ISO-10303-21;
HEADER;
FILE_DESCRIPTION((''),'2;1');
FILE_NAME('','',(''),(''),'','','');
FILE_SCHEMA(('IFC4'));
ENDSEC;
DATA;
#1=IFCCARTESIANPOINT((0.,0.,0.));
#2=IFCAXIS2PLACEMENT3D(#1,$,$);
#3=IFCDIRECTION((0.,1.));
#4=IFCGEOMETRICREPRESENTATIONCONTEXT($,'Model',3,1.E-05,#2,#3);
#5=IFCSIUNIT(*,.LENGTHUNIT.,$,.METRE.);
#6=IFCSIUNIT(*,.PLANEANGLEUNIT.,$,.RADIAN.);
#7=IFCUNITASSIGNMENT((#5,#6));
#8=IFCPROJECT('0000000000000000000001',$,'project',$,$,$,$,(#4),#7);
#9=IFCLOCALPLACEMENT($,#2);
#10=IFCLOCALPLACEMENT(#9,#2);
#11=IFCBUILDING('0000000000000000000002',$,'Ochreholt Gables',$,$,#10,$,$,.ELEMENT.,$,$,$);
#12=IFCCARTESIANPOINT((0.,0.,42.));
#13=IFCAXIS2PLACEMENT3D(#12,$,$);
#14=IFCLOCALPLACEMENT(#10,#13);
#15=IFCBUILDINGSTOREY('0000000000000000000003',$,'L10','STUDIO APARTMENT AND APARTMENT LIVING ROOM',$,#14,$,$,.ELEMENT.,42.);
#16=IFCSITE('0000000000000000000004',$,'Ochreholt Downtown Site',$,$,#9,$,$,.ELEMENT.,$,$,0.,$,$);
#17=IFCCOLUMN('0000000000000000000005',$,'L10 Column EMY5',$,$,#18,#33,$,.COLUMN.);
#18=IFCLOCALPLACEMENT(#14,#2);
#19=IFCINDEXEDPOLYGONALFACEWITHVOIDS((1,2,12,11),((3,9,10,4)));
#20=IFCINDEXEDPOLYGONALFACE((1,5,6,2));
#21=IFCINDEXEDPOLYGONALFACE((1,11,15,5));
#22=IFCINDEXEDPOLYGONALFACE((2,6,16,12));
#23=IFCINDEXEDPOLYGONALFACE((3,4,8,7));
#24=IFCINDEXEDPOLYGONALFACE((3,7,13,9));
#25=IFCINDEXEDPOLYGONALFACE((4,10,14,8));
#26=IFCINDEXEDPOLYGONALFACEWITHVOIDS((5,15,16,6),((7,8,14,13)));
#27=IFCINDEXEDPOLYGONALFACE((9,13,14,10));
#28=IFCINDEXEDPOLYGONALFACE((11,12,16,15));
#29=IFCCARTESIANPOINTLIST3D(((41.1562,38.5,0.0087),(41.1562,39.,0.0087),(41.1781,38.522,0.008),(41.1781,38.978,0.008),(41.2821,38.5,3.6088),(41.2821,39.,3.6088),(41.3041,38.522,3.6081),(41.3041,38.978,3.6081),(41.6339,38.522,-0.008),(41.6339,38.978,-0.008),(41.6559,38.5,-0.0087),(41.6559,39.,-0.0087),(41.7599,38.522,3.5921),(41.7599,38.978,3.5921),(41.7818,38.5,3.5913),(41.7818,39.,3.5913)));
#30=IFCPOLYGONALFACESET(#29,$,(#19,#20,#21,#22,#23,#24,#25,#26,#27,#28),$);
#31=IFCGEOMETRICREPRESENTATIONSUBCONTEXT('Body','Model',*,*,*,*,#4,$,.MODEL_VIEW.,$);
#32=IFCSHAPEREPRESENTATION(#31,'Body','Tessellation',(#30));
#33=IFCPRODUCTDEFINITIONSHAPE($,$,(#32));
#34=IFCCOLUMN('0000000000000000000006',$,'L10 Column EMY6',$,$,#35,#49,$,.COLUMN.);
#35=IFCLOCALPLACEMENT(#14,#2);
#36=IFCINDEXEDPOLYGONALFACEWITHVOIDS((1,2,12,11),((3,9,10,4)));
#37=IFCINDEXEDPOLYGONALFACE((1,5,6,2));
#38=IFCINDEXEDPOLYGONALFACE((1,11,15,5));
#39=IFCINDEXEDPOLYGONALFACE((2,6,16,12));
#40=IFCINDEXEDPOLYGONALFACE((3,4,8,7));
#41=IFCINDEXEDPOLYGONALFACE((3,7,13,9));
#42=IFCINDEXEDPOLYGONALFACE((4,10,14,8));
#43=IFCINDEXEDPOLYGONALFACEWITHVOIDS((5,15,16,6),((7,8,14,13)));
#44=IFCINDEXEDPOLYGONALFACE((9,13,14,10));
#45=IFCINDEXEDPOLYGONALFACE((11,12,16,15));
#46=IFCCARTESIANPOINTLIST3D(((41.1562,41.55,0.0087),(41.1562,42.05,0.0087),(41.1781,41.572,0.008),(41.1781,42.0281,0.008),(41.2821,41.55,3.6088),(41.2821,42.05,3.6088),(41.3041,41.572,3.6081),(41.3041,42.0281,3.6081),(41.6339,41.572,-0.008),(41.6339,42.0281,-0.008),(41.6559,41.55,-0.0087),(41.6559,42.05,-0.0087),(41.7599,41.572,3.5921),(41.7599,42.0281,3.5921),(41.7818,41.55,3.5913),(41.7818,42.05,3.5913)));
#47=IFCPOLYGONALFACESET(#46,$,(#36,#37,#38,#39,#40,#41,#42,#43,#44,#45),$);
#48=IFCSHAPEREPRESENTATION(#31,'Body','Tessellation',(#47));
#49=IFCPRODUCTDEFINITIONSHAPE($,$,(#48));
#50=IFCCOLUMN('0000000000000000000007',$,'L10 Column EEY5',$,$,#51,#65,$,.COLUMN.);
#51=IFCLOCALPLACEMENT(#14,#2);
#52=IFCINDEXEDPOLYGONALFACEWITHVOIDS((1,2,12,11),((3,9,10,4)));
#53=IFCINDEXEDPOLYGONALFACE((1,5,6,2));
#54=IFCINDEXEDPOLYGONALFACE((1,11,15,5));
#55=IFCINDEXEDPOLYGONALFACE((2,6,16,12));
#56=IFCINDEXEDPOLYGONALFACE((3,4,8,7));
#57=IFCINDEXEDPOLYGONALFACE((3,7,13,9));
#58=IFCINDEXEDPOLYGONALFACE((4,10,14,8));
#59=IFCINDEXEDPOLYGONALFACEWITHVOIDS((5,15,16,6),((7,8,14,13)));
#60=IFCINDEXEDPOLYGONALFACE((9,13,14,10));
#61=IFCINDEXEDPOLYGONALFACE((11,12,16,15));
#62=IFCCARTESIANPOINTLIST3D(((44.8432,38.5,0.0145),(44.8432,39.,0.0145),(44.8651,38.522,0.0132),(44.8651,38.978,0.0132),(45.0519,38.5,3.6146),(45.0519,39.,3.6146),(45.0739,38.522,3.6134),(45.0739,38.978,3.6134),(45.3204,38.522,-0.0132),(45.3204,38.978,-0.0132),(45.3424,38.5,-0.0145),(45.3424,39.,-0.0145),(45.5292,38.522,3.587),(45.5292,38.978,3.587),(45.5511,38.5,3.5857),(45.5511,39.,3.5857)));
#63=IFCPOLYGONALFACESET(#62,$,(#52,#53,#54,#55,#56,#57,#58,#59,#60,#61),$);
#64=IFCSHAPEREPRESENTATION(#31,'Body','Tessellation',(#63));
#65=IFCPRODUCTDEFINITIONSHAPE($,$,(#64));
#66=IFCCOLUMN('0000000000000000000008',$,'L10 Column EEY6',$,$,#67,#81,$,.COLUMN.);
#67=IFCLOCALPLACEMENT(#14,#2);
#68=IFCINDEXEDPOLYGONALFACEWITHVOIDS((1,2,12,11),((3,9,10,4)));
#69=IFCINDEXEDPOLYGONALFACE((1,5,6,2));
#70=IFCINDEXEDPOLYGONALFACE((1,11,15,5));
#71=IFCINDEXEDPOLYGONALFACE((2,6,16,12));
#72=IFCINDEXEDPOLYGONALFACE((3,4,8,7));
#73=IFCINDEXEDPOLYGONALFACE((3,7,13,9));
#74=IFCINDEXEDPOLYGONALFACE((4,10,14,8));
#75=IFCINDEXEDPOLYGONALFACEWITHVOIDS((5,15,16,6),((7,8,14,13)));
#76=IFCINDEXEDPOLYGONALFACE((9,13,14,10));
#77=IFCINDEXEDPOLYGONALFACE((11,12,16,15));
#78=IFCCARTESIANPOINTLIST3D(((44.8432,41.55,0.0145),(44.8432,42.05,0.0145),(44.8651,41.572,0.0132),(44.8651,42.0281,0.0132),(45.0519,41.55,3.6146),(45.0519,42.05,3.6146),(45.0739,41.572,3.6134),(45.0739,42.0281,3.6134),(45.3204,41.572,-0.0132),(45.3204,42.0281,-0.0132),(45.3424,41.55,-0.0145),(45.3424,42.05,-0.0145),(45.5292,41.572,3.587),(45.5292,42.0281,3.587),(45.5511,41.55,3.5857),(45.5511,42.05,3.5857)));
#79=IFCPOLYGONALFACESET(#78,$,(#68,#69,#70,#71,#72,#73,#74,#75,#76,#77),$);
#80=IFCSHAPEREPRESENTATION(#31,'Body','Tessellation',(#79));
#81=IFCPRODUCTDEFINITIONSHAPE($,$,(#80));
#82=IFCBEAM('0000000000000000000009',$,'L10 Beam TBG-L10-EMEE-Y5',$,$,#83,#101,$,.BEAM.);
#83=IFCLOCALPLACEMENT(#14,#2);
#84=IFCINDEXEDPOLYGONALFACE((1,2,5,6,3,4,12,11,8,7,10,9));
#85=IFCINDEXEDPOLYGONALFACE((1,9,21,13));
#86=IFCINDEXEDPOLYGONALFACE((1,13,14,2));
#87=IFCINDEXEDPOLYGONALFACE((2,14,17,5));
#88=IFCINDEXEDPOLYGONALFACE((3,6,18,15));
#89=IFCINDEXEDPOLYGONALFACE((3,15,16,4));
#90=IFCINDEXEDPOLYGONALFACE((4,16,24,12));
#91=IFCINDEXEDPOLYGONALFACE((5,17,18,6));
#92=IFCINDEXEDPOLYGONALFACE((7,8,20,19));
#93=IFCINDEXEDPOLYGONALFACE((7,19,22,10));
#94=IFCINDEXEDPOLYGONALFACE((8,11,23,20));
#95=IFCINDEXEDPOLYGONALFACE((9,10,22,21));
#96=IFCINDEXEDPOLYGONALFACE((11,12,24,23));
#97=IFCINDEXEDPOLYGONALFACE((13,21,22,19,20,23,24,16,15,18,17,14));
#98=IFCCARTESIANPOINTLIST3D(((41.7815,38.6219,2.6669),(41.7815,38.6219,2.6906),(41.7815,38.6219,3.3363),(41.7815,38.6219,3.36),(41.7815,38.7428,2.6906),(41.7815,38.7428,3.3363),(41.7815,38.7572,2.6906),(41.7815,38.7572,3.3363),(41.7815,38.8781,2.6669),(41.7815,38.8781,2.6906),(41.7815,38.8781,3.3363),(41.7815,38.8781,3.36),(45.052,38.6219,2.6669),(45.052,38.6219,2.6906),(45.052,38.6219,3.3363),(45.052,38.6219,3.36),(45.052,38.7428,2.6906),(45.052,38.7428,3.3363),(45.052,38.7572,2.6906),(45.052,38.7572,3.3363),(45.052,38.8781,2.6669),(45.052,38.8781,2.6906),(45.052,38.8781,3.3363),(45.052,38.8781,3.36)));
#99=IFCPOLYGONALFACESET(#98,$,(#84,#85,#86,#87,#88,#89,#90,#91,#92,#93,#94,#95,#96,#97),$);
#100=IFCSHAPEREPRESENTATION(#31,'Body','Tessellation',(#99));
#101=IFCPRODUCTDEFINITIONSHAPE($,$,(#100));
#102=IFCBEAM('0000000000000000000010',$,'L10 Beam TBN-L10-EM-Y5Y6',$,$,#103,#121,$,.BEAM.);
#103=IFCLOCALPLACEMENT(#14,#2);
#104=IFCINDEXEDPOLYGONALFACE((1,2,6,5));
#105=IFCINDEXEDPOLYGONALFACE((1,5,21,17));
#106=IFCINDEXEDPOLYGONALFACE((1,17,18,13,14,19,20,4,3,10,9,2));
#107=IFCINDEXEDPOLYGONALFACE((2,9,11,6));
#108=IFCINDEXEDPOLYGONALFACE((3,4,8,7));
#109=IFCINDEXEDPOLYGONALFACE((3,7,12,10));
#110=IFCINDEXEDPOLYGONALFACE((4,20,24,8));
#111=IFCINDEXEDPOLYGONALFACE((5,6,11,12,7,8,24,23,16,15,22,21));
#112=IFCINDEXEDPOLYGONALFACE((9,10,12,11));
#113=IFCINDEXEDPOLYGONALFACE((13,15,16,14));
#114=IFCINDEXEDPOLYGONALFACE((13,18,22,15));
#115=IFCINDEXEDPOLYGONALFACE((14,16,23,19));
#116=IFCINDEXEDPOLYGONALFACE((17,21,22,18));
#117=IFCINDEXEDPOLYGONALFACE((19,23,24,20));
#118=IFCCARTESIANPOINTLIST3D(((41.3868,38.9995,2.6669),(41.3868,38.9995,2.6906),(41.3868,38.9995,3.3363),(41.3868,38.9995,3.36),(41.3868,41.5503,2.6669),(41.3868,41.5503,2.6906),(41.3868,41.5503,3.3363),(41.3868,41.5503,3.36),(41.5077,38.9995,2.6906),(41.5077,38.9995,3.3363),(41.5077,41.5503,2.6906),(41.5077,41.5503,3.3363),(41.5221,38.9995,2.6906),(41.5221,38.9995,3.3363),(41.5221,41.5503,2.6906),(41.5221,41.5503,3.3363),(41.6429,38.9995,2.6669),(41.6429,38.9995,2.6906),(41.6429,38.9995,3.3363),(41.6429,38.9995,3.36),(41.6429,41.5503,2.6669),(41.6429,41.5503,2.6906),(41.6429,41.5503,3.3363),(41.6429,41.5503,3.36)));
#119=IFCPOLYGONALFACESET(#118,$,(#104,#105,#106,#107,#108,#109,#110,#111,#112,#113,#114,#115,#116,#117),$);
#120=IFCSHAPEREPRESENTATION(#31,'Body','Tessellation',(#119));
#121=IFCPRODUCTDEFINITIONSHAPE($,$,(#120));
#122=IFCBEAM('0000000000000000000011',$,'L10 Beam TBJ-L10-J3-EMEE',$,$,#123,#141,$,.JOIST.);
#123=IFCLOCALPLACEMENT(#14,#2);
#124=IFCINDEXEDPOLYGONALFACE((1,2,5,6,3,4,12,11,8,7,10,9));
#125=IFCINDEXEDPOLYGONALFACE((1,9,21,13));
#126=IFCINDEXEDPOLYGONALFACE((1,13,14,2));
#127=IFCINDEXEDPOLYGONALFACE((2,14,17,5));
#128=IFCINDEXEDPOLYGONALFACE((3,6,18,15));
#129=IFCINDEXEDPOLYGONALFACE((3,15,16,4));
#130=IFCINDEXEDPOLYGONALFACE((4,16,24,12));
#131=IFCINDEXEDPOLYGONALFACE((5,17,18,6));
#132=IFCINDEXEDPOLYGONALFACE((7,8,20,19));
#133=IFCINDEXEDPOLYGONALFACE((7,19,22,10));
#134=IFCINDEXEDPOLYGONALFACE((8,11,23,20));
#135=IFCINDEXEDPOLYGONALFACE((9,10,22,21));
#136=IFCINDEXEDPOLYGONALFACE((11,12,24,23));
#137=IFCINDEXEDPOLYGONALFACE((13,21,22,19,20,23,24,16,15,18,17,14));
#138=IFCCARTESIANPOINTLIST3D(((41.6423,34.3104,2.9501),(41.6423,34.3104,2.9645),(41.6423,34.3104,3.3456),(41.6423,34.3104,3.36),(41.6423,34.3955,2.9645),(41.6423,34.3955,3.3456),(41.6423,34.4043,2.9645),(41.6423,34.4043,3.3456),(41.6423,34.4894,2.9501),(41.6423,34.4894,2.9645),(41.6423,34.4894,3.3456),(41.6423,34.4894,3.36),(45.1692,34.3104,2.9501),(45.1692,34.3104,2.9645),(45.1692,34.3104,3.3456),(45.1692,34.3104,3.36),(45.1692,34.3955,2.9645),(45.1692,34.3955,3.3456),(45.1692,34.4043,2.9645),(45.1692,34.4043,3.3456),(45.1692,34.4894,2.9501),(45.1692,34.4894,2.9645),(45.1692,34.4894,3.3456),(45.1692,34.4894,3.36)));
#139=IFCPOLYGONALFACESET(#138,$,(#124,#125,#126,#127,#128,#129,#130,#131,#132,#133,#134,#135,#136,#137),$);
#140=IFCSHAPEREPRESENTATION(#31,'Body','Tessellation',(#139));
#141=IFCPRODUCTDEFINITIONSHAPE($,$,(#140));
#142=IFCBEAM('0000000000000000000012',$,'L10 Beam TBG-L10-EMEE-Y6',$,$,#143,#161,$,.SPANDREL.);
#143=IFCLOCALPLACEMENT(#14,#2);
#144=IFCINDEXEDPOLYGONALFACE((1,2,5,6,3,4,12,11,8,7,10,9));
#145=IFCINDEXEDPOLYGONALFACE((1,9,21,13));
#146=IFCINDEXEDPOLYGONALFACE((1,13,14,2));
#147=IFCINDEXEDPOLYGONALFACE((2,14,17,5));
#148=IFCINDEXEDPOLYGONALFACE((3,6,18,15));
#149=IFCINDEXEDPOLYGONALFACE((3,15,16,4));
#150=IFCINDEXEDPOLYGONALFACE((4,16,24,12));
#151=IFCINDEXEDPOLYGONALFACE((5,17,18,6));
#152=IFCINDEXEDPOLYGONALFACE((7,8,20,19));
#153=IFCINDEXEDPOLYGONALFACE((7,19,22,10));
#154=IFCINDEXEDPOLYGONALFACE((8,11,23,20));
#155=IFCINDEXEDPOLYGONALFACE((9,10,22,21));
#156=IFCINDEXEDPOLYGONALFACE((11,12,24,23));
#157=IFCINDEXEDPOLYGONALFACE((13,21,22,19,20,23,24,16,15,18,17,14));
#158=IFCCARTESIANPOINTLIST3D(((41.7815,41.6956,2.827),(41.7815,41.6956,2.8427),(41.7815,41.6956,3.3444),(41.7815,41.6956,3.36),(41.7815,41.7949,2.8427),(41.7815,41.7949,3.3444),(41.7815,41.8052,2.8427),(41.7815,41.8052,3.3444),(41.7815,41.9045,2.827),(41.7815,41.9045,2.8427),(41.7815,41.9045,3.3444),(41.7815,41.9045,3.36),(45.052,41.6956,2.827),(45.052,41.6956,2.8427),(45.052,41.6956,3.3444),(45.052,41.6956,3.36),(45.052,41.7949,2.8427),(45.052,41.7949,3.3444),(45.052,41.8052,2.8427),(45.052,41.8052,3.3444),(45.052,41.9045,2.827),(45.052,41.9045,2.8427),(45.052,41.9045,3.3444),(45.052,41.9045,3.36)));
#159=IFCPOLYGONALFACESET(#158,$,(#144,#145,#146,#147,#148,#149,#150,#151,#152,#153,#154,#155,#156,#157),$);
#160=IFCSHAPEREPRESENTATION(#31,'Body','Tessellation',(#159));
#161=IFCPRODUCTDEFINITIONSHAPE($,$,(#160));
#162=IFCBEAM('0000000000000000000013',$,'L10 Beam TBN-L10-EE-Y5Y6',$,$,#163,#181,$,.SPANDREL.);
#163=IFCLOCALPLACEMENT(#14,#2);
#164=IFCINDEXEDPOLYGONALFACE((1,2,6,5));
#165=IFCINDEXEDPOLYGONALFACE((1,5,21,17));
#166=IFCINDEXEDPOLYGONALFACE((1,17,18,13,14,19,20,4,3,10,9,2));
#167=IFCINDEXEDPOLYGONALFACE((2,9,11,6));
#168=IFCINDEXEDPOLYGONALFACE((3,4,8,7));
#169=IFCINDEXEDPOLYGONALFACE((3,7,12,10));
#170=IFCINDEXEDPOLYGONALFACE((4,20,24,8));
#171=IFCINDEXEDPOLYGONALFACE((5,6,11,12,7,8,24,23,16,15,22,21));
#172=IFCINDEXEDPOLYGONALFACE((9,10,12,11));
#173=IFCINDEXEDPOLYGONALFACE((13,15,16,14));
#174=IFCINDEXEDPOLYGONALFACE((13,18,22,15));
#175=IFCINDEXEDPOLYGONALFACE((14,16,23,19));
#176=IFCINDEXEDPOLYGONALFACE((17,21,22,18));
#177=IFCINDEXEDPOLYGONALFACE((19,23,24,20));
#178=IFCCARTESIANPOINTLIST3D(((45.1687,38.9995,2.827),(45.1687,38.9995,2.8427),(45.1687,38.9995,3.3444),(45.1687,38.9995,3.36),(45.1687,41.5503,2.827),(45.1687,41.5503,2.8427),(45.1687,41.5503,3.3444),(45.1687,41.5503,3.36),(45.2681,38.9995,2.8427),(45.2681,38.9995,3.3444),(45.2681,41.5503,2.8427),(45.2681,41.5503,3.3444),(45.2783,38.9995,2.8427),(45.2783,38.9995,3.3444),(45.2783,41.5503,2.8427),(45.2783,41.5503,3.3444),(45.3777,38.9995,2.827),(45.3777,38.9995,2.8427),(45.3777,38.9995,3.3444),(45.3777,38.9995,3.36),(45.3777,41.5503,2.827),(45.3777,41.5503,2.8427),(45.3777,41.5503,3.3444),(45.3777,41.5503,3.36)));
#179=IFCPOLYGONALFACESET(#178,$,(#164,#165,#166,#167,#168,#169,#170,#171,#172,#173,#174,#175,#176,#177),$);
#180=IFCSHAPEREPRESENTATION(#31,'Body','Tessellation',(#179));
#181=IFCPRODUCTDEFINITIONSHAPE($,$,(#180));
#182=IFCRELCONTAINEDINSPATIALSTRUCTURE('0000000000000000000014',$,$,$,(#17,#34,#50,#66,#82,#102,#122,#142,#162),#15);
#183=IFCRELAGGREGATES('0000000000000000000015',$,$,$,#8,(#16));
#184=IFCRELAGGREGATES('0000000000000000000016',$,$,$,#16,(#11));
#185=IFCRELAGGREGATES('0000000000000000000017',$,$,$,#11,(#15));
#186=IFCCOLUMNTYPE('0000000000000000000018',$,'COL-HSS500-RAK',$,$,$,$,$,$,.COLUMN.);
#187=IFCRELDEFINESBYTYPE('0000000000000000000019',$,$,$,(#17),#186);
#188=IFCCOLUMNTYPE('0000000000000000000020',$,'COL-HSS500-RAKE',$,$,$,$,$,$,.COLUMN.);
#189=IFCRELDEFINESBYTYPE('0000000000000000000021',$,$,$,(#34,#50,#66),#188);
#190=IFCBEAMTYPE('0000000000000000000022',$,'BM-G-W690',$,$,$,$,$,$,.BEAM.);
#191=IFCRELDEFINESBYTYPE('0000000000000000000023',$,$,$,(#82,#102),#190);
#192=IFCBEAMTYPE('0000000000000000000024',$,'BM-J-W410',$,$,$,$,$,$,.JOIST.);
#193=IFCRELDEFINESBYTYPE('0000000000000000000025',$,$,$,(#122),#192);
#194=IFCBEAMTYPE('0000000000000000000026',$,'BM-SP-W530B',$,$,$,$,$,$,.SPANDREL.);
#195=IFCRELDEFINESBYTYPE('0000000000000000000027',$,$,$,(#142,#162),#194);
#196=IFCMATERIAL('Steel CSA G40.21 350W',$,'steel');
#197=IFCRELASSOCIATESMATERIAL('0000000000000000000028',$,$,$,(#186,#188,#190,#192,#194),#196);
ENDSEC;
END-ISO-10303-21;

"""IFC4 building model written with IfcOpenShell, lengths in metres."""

from ifc_helpers import new_model, si_unit, direction, frame, origin, origin_2d, place, context, subcontext, project, spatial, hollow_rectangle, i_section, extrude, material, material_profile, profile_set, type_object, element, save


model = new_model("IFC4")

# Units and contexts
model_context = context("Model", 3, precision=1e-05, world=origin(), true_north=direction((0.0, 1.0)))
body_context = subcontext(model_context, "Body", "Model", "MODEL_VIEW")
ifc_project = project(units=[si_unit("LENGTHUNIT", "METRE"), si_unit("PLANEANGLEUNIT", "RADIAN")], contexts=[model_context])

# Site, building, storey
site_placement = place(None, origin())
site = spatial("IfcSite", under=ifc_project, at=site_placement, Name="Ochreholt Downtown Site", CompositionType="ELEMENT", RefElevation=0.0)
building_placement = place(site_placement, origin())
building = spatial("IfcBuilding", under=site, at=building_placement, Name="Ochreholt Gables", CompositionType="ELEMENT")
storey_placement = place(building_placement, frame((0.0, 0.0, 42.0)))
storey = spatial("IfcBuildingStorey", under=building, at=storey_placement, Name="L10", Description="STUDIO APARTMENT AND APARTMENT LIVING ROOM", CompositionType="ELEMENT", Elevation=42.0)

# Columns
ifc_material_1 = material(Name="Steel CSA G40.21 350W", Category="steel")
ifc_material_profile_1 = material_profile(ifc_material_1, hollow_rectangle(XDim=0.5, YDim=0.5, WallThickness=0.022, at=origin_2d()), Name="HSS500X500X22")
ifc_profile_set_1 = profile_set([ifc_material_profile_1], Name="Steel CSA G40.21 350W")
column_type_1 = type_object("IfcColumnType", Name="COL-HSS500-RAK", PredefinedType="COLUMN", material=ifc_profile_set_1)
column_1_placement = place(storey_placement, frame((41.406, 38.75, 0.0), z_axis=(0.034971, 0.0, 0.999388), x_axis=(0.0, 1.0, 0.0)))
element("IfcColumn", 1, at=column_1_placement, inside=storey, type_object=column_type_1, Name="L10 Column EMY5", PredefinedType="COLUMN", context=body_context, shape_type="SweptSolid", body=[
    extrude(hollow_rectangle(XDim=0.5, YDim=0.5, WallThickness=0.022, at=origin_2d()), origin(), (0.0, 0.0, 1.0), 3.6023),
])
ifc_material_profile_2 = material_profile(ifc_material_1, hollow_rectangle(XDim=0.5, YDim=0.5, WallThickness=0.022, at=origin_2d()), Name="HSS500X500X22")
ifc_profile_set_2 = profile_set([ifc_material_profile_2], Name="Steel CSA G40.21 350W")
column_type_2 = type_object("IfcColumnType", Name="COL-HSS500-RAKE", PredefinedType="COLUMN", material=ifc_profile_set_2)
column_2_placement = place(storey_placement, frame((41.406, 41.8, 0.0), z_axis=(0.034971, 0.0, 0.999388), x_axis=(0.0, 1.0, 0.0)))
element("IfcColumn", 2, at=column_2_placement, inside=storey, type_object=column_type_2, Name="L10 Column EMY6", PredefinedType="COLUMN", context=body_context, shape_type="SweptSolid", body=[
    extrude(hollow_rectangle(XDim=0.5, YDim=0.5, WallThickness=0.022, at=origin_2d()), origin(), (0.0, 0.0, 1.0), 3.6023),
])
for number, where, z_axis, x_axis, name in (
    (3, (45.0928, 38.75, 0.0), (0.057885, 0.0, 0.998323), (0.0, 1.0, 0.0), "L10 Column EEY5"),
    (4, (45.0928, 41.8, 0.0), (0.057885, 0.0, 0.998323), (0.0, 1.0, 0.0), "L10 Column EEY6"),
):
    element("IfcColumn", number, at=place(storey_placement, frame(where, z_axis=z_axis, x_axis=x_axis)), inside=storey, type_object=column_type_2, Name=name, PredefinedType="COLUMN", context=body_context, shape_type="SweptSolid", body=[
        extrude(hollow_rectangle(XDim=0.5, YDim=0.5, WallThickness=0.022, at=origin_2d()), origin(), (0.0, 0.0, 1.0), 3.6062),
    ])

# Beams
ifc_material_profile_3 = material_profile(ifc_material_1, i_section(OverallWidth=0.2561, OverallDepth=0.6931, WebThickness=0.0144, FlangeThickness=0.0237, at=origin_2d()), Name="W690X170")
ifc_profile_set_3 = profile_set([ifc_material_profile_3], Name="Steel CSA G40.21 350W")
beam_type_1 = type_object("IfcBeamType", Name="BM-G-W690", PredefinedType="BEAM", material=ifc_profile_set_3)
beam_1_placement = place(storey_placement, frame((41.7815, 38.75, 3.0134), z_axis=(1.0, 0.0, 0.0), x_axis=(0.0, 1.0, 0.0)))
element("IfcBeam", 5, at=beam_1_placement, inside=storey, type_object=beam_type_1, Name="L10 Beam TBG-L10-EMEE-Y5", PredefinedType="BEAM", context=body_context, shape_type="SweptSolid", body=[
    extrude(i_section(OverallWidth=0.2561, OverallDepth=0.6931, WebThickness=0.0144, FlangeThickness=0.0237, at=origin_2d()), origin(), (0.0, 0.0, 1.0), 3.2705),
])
beam_2_placement = place(storey_placement, frame((41.5149, 38.9995, 3.0134), z_axis=(0.0, 1.0, 0.0), x_axis=(-1.0, 0.0, 0.0)))
element("IfcBeam", 6, at=beam_2_placement, inside=storey, type_object=beam_type_1, Name="L10 Beam TBN-L10-EM-Y5Y6", PredefinedType="BEAM", context=body_context, shape_type="SweptSolid", body=[
    extrude(i_section(OverallWidth=0.2561, OverallDepth=0.6931, WebThickness=0.0144, FlangeThickness=0.0237, at=origin_2d()), origin(), (0.0, 0.0, 1.0), 2.5508),
])
ifc_material_profile_4 = material_profile(ifc_material_1, i_section(OverallWidth=0.179, OverallDepth=0.4099, WebThickness=0.0088, FlangeThickness=0.0144, at=origin_2d()), Name="W410X67")
ifc_profile_set_4 = profile_set([ifc_material_profile_4], Name="Steel CSA G40.21 350W")
beam_type_2 = type_object("IfcBeamType", Name="BM-J-W410", PredefinedType="JOIST", material=ifc_profile_set_4)
beam_3_placement = place(storey_placement, frame((41.6423, 34.3999, 3.155), z_axis=(1.0, 0.0, 0.0), x_axis=(0.0, 1.0, 0.0)))
element("IfcBeam", 7, at=beam_3_placement, inside=storey, type_object=beam_type_2, Name="L10 Beam TBJ-L10-J3-EMEE", PredefinedType="JOIST", context=body_context, shape_type="SweptSolid", body=[
    extrude(i_section(OverallWidth=0.179, OverallDepth=0.4099, WebThickness=0.0088, FlangeThickness=0.0144, at=origin_2d()), origin(), (0.0, 0.0, 1.0), 3.5269),
])
ifc_material_profile_5 = material_profile(ifc_material_1, i_section(OverallWidth=0.209, OverallDepth=0.533, WebThickness=0.0103, FlangeThickness=0.0156, at=origin_2d()), Name="W530X92")
ifc_profile_set_5 = profile_set([ifc_material_profile_5], Name="Steel CSA G40.21 350W")
beam_type_3 = type_object("IfcBeamType", Name="BM-SP-W530B", PredefinedType="SPANDREL", material=ifc_profile_set_5)
beam_4_placement = place(storey_placement, frame((41.7815, 41.8, 3.0935), z_axis=(1.0, 0.0, 0.0), x_axis=(0.0, 1.0, 0.0)))
element("IfcBeam", 8, at=beam_4_placement, inside=storey, type_object=beam_type_3, Name="L10 Beam TBG-L10-EMEE-Y6", PredefinedType="SPANDREL", context=body_context, shape_type="SweptSolid", body=[
    extrude(i_section(OverallWidth=0.209, OverallDepth=0.533, WebThickness=0.0103, FlangeThickness=0.0156, at=origin_2d()), origin(), (0.0, 0.0, 1.0), 3.2705),
])
beam_5_placement = place(storey_placement, frame((45.2732, 38.9995, 3.0935), z_axis=(0.0, 1.0, 0.0), x_axis=(-1.0, 0.0, 0.0)))
element("IfcBeam", 9, at=beam_5_placement, inside=storey, type_object=beam_type_3, Name="L10 Beam TBN-L10-EE-Y5Y6", PredefinedType="SPANDREL", context=body_context, shape_type="SweptSolid", body=[
    extrude(i_section(OverallWidth=0.209, OverallDepth=0.533, WebThickness=0.0103, FlangeThickness=0.0156, at=origin_2d()), origin(), (0.0, 0.0, 1.0), 2.5508),
])

save(model, "model.ifc")
